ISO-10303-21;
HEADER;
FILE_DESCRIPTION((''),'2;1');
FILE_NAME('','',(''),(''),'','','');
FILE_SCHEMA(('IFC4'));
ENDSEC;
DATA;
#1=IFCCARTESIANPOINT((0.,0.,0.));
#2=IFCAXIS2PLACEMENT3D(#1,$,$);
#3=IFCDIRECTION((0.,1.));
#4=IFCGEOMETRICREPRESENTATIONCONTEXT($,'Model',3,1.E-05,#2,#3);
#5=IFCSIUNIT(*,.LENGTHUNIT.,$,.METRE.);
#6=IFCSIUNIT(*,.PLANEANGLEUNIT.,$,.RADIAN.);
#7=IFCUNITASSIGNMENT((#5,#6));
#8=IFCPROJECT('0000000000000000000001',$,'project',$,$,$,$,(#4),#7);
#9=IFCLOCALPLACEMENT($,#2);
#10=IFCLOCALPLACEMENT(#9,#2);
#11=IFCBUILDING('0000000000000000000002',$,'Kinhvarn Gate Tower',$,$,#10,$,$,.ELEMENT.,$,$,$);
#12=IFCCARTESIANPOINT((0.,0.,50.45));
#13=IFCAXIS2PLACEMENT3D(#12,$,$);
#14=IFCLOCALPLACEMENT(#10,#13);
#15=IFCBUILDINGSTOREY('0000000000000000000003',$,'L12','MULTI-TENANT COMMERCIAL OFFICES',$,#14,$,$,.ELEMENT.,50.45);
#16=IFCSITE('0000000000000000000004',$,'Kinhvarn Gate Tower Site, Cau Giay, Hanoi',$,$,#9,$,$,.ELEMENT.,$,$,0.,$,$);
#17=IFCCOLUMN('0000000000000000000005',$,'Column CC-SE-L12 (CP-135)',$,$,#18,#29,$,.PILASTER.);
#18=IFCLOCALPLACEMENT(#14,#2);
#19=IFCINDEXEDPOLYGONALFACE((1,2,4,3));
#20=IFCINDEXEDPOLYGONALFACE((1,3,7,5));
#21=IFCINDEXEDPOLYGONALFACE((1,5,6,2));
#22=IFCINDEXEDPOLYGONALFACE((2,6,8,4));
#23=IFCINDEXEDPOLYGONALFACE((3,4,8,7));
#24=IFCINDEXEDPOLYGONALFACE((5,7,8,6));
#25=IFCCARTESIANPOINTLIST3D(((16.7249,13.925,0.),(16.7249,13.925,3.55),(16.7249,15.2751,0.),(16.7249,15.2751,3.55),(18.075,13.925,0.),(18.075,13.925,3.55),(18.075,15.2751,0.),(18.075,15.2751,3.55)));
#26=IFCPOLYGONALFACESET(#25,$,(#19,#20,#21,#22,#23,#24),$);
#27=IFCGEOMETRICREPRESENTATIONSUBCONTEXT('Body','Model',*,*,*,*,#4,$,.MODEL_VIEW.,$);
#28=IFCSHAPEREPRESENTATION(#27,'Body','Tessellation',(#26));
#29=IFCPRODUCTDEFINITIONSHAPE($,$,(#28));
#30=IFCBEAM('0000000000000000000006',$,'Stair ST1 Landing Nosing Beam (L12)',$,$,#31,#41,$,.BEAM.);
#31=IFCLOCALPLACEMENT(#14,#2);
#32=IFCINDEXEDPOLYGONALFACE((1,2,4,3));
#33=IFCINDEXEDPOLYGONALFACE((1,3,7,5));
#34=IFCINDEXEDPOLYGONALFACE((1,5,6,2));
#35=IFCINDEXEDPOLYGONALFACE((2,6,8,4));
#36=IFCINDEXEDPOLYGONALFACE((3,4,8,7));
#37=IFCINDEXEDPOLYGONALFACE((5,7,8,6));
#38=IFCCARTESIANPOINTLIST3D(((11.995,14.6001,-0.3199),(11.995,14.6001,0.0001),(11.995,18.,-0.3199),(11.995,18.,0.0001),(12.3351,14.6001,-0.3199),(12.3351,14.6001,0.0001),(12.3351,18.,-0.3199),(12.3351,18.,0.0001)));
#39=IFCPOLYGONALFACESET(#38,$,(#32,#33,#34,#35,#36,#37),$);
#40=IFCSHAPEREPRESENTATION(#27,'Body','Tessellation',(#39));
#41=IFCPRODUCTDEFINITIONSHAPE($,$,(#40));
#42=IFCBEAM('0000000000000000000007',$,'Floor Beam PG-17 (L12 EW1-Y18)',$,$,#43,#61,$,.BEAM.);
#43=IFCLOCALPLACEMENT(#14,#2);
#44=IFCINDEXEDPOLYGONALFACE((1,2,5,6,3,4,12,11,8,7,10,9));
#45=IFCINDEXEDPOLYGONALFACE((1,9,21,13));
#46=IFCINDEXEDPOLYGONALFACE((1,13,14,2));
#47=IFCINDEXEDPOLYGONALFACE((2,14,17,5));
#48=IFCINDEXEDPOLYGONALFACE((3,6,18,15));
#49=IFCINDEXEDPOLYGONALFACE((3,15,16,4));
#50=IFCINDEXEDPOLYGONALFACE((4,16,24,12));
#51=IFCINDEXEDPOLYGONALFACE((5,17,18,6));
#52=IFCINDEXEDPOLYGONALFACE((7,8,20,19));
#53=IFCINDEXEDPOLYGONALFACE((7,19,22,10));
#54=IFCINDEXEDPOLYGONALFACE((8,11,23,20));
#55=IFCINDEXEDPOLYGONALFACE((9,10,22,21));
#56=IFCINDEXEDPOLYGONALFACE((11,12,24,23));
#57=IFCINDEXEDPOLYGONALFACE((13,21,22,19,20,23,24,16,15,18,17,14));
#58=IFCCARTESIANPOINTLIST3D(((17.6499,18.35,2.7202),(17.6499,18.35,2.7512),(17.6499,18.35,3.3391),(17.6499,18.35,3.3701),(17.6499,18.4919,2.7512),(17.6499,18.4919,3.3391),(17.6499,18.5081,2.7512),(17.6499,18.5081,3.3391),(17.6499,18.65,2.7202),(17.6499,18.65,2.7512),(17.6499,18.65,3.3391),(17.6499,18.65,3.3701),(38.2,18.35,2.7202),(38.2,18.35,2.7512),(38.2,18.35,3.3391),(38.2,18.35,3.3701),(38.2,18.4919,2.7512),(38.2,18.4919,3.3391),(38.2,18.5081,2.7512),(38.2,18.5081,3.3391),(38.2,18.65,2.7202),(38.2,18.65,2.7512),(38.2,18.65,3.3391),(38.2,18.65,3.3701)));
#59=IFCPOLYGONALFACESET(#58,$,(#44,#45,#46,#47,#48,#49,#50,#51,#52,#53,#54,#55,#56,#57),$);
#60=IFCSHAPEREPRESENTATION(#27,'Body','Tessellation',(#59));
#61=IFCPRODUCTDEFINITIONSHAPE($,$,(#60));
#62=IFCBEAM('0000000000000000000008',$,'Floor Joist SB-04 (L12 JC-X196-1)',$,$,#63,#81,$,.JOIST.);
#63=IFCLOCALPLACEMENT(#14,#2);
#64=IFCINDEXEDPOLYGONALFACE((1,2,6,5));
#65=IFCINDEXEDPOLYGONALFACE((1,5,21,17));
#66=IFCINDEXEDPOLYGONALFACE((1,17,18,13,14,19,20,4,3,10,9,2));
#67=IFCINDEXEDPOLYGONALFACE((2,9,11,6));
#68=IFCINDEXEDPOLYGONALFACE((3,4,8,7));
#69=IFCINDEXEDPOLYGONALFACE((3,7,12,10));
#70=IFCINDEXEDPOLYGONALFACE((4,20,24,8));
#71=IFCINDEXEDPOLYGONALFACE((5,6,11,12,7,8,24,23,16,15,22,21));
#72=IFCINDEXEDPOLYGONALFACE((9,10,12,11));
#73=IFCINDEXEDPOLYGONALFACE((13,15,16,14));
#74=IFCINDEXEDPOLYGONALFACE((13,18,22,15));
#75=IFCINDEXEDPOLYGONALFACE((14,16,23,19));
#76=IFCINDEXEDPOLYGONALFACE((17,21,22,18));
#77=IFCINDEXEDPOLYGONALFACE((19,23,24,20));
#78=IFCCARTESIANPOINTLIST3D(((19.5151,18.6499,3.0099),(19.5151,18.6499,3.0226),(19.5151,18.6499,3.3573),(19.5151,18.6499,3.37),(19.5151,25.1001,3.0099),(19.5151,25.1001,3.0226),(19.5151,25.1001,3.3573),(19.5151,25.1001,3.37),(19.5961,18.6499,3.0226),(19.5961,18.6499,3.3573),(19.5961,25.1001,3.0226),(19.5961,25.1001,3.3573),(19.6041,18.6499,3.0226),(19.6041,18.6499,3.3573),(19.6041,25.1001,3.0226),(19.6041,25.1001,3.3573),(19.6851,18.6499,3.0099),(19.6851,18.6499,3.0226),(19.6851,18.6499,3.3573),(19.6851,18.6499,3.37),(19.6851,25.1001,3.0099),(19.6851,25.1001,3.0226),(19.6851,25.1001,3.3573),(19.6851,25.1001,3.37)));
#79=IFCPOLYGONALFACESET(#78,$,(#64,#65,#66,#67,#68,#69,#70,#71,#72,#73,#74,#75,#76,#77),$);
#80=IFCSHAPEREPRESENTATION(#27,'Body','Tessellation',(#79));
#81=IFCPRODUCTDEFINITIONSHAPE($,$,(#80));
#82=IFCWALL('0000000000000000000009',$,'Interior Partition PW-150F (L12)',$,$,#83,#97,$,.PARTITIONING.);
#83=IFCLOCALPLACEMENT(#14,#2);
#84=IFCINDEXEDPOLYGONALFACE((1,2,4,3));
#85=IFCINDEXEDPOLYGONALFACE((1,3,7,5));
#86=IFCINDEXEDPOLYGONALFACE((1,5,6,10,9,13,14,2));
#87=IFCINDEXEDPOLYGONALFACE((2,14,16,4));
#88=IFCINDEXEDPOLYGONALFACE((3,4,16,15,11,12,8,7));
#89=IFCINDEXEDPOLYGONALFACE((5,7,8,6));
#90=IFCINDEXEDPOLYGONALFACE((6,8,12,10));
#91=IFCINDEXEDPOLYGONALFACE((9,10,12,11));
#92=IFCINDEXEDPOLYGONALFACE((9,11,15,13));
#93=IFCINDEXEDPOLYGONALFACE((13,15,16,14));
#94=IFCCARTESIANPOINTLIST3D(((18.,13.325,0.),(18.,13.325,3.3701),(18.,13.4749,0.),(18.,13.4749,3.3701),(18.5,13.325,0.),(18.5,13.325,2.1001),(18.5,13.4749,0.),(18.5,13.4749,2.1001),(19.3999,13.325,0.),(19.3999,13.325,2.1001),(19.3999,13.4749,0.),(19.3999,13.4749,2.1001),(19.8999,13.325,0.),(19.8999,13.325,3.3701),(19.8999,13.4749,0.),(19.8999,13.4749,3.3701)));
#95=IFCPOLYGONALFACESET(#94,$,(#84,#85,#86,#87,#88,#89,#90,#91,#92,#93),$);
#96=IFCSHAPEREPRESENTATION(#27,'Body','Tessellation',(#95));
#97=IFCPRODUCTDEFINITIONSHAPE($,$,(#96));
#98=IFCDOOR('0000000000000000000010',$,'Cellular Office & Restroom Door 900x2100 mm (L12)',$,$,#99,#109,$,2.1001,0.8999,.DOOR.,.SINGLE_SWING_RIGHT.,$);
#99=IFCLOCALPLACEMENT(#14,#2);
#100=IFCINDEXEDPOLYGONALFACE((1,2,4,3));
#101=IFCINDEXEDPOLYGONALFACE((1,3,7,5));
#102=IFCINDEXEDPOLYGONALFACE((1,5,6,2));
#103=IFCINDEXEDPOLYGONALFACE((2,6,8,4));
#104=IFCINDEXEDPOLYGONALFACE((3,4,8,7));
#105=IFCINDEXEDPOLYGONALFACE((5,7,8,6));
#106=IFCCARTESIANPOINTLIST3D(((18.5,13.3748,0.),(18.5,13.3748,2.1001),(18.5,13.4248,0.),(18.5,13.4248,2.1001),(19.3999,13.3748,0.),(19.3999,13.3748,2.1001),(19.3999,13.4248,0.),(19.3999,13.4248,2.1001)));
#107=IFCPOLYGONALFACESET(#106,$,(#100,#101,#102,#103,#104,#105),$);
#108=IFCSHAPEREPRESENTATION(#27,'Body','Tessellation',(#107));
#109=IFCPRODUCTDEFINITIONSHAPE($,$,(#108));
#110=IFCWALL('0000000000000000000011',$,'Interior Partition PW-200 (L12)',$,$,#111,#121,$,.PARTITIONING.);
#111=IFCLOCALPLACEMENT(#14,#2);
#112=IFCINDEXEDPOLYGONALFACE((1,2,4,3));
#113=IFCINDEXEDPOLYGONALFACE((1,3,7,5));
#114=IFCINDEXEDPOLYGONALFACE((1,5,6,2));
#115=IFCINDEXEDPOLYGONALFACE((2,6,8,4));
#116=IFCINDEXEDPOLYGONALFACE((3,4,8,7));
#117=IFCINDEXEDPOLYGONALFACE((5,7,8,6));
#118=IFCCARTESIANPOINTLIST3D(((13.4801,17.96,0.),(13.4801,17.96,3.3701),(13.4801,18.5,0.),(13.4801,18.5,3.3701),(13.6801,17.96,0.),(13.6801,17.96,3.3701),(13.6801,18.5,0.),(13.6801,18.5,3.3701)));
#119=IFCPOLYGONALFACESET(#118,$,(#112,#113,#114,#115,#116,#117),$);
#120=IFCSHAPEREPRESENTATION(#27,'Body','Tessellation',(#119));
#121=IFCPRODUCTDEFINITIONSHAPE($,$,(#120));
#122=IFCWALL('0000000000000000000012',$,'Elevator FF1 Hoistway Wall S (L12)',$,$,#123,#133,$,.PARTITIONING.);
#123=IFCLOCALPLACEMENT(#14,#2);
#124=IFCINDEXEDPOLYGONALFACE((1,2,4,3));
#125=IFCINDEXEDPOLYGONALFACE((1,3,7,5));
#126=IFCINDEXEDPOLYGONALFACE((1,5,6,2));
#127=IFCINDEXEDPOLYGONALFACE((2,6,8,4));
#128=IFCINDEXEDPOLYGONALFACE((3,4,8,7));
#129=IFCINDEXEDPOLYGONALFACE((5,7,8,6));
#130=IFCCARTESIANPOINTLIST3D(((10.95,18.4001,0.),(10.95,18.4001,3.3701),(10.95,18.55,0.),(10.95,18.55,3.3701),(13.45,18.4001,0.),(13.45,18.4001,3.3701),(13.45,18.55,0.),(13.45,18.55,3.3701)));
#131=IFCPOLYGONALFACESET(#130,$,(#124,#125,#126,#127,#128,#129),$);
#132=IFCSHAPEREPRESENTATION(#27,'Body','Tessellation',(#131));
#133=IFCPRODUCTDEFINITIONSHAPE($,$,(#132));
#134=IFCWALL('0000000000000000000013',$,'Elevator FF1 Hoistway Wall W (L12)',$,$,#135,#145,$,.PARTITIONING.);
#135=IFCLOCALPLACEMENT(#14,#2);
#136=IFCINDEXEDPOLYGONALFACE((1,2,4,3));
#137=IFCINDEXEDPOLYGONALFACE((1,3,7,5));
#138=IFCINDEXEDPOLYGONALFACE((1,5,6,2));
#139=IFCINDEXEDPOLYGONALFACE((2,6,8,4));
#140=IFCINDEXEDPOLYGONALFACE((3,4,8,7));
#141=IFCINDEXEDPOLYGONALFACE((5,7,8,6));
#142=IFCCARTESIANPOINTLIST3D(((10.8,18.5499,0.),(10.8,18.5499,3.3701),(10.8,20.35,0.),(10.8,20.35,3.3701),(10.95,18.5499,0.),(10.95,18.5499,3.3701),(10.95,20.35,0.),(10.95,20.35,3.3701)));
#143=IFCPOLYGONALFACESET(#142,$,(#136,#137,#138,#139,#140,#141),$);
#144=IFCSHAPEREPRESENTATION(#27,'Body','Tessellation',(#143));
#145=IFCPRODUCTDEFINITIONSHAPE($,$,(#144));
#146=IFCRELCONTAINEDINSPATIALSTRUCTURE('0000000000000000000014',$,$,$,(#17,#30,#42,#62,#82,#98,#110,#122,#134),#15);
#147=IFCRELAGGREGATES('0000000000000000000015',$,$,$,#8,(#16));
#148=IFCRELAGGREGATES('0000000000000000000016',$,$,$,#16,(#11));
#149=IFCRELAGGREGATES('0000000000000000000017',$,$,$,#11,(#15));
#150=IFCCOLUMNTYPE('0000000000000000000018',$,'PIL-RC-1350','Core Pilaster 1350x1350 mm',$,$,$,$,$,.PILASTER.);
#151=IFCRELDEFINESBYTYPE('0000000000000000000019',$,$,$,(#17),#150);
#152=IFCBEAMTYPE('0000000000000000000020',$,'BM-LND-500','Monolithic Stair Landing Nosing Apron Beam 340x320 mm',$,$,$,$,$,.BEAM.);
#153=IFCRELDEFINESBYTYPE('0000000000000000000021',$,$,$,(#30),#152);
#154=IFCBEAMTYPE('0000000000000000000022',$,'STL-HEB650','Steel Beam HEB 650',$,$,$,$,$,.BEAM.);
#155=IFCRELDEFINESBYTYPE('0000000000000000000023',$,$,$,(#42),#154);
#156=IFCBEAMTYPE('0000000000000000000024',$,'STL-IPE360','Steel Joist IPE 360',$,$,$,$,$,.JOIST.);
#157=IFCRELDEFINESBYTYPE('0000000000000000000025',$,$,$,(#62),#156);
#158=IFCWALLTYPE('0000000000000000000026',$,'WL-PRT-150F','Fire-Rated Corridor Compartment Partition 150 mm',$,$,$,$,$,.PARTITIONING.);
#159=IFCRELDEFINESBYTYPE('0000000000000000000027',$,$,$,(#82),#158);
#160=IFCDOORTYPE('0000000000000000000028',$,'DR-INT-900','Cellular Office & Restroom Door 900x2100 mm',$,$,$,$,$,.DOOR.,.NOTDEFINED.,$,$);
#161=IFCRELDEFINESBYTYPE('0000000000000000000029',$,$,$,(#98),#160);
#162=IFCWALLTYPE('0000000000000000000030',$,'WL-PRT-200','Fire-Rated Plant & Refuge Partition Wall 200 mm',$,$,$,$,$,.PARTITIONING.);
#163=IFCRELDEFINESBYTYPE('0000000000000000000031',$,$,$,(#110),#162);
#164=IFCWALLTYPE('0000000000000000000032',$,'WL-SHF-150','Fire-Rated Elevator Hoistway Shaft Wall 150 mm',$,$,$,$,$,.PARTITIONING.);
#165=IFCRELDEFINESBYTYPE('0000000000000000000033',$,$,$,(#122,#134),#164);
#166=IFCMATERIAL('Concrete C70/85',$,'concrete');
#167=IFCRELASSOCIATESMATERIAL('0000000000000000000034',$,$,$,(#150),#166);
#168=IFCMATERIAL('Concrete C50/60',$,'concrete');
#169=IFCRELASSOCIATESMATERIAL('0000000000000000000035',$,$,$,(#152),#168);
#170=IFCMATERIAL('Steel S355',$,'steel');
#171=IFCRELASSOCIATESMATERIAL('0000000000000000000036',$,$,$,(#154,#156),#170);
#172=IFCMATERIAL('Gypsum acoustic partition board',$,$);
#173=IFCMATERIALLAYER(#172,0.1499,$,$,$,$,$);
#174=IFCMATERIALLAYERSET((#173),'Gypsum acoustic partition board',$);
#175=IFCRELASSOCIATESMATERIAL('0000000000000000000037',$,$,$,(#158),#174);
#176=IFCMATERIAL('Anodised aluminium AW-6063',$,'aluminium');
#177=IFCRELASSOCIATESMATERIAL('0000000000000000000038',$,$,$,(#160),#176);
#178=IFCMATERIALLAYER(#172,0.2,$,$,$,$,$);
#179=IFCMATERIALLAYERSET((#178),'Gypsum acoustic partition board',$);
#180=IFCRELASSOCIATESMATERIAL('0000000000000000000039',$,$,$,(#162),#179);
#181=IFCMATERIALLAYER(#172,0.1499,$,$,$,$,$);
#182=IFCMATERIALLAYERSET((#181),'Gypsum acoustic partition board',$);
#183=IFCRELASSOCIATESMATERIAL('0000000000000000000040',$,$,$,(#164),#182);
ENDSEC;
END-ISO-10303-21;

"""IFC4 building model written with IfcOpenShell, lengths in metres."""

from ifc_helpers import new_model, si_unit, direction, frame, frame_2d, origin, origin_2d, place, context, subcontext, project, spatial, rectangle, i_section, extrude, material, layer, layer_set, material_profile, profile_set, type_object, element, fill, save


model = new_model("IFC4")

# Units and contexts
model_context = context("Model", 3, precision=1e-05, world=origin(), true_north=direction((0.0, 1.0)))
body_context = subcontext(model_context, "Body", "Model", "MODEL_VIEW")
ifc_project = project(units=[si_unit("LENGTHUNIT", "METRE"), si_unit("PLANEANGLEUNIT", "RADIAN")], contexts=[model_context])

# Site, building, storey
site_placement = place(None, origin())
site = spatial("IfcSite", under=ifc_project, at=site_placement, Name="Kinhvarn Gate Tower Site, Cau Giay, Hanoi", CompositionType="ELEMENT", RefElevation=0.0)
building_placement = place(site_placement, origin())
building = spatial("IfcBuilding", under=site, at=building_placement, Name="Kinhvarn Gate Tower", CompositionType="ELEMENT")
storey_placement = place(building_placement, frame((0.0, 0.0, 50.45)))
storey = spatial("IfcBuildingStorey", under=building, at=storey_placement, Name="L12", Description="MULTI-TENANT COMMERCIAL OFFICES", CompositionType="ELEMENT", Elevation=50.45)

# Column
ifc_material_1 = material(Name="Concrete C70/85", Category="concrete")
ifc_material_profile_1 = material_profile(ifc_material_1, rectangle(XDim=1.3501, YDim=1.3501, at=origin_2d()), Name="RC 1350x1350")
ifc_profile_set_1 = profile_set([ifc_material_profile_1], Name="Concrete C70/85")
column_type = type_object("IfcColumnType", Name="PIL-RC-1350", Description="Core Pilaster 1350x1350 mm", PredefinedType="PILASTER", material=ifc_profile_set_1)
column_placement = place(storey_placement, frame((17.3999, 14.6001, 0.0), z_axis=(0.0, 0.0, 1.0), x_axis=(1.0, 0.0, 0.0)))
element("IfcColumn", 1, at=column_placement, inside=storey, type_object=column_type, Name="Column CC-SE-L12 (CP-135)", PredefinedType="PILASTER", context=body_context, shape_type="SweptSolid", body=[
    extrude(rectangle(XDim=1.3501, YDim=1.3501, at=origin_2d()), origin(), (0.0, 0.0, 1.0), 3.55),
])

# Beams
ifc_material_2 = material(Name="Concrete C50/60", Category="concrete")
ifc_material_profile_2 = material_profile(ifc_material_2, rectangle(XDim=0.3401, YDim=0.3201, at=origin_2d()), Name="RC 340x320")
ifc_profile_set_2 = profile_set([ifc_material_profile_2], Name="Concrete C50/60")
beam_type_1 = type_object("IfcBeamType", Name="BM-LND-500", Description="Monolithic Stair Landing Nosing Apron Beam 340x320 mm", PredefinedType="BEAM", material=ifc_profile_set_2)
beam_1_placement = place(storey_placement, frame((12.165, 14.6001, -0.1599), z_axis=(0.0, 1.0, 0.0), x_axis=(-1.0, 0.0, 0.0)))
element("IfcBeam", 2, at=beam_1_placement, inside=storey, type_object=beam_type_1, Name="Stair ST1 Landing Nosing Beam (L12)", PredefinedType="BEAM", context=body_context, shape_type="SweptSolid", body=[
    extrude(rectangle(XDim=0.3401, YDim=0.3201, at=origin_2d()), origin(), (0.0, 0.0, 1.0), 3.3999),
])
ifc_material_3 = material(Name="Steel S355", Category="steel")
ifc_material_profile_3 = material_profile(ifc_material_3, i_section(OverallWidth=0.3, OverallDepth=0.6499, WebThickness=0.0161, FlangeThickness=0.031, at=origin_2d()), Name="HEB 650")
ifc_profile_set_3 = profile_set([ifc_material_profile_3], Name="Steel S355")
beam_type_2 = type_object("IfcBeamType", Name="STL-HEB650", Description="Steel Beam HEB 650", PredefinedType="BEAM", material=ifc_profile_set_3)
beam_2_placement = place(storey_placement, frame((17.6499, 18.5, 3.0452), z_axis=(1.0, 0.0, 0.0), x_axis=(0.0, 1.0, 0.0)))
element("IfcBeam", 3, at=beam_2_placement, inside=storey, type_object=beam_type_2, Name="Floor Beam PG-17 (L12 EW1-Y18)", PredefinedType="BEAM", context=body_context, shape_type="SweptSolid", body=[
    extrude(i_section(OverallWidth=0.3, OverallDepth=0.6499, WebThickness=0.0161, FlangeThickness=0.031, at=origin_2d()), origin(), (0.0, 0.0, 1.0), 20.55),
])
ifc_material_profile_4 = material_profile(ifc_material_3, i_section(OverallWidth=0.1699, OverallDepth=0.3601, WebThickness=0.0081, FlangeThickness=0.0127, at=origin_2d()), Name="IPE 360")
ifc_profile_set_4 = profile_set([ifc_material_profile_4], Name="Steel S355")
beam_type_3 = type_object("IfcBeamType", Name="STL-IPE360", Description="Steel Joist IPE 360", PredefinedType="JOIST", material=ifc_profile_set_4)
beam_3_placement = place(storey_placement, frame((19.6001, 18.6499, 3.1899), z_axis=(0.0, 1.0, 0.0), x_axis=(-1.0, 0.0, 0.0)))
element("IfcBeam", 4, at=beam_3_placement, inside=storey, type_object=beam_type_3, Name="Floor Joist SB-04 (L12 JC-X196-1)", PredefinedType="JOIST", context=body_context, shape_type="SweptSolid", body=[
    extrude(i_section(OverallWidth=0.1699, OverallDepth=0.3601, WebThickness=0.0081, FlangeThickness=0.0127, at=origin_2d()), origin(), (0.0, 0.0, 1.0), 6.4502),
])

# Wall, opening, door
ifc_material_4 = material(Name="Anodised aluminium AW-6063", Category="aluminium")
ifc_material_5 = material(Name="Gypsum acoustic partition board")
ifc_layer_1 = layer(ifc_material_5, 0.1499)
ifc_layer_set_1 = layer_set([ifc_layer_1], Name="Gypsum acoustic partition board")
wall_type_1 = type_object("IfcWallType", Name="WL-PRT-150F", Description="Fire-Rated Corridor Compartment Partition 150 mm", PredefinedType="PARTITIONING", material=ifc_layer_set_1)
wall_1_placement = place(storey_placement, frame((18.0, 13.3999, 0.0), z_axis=(0.0, 0.0, 1.0), x_axis=(1.0, 0.0, 0.0)))
wall_1 = element("IfcWall", 5, at=wall_1_placement, inside=storey, type_object=wall_type_1, Name="Interior Partition PW-150F (L12)", PredefinedType="PARTITIONING", context=body_context, shape_type="SweptSolid", body=[
    extrude(rectangle(XDim=1.8999, YDim=0.1499, at=frame_2d((0.95, 0.0))), origin(), (0.0, 0.0, 1.0), 3.3701),
])
opening_1_placement = place(wall_1_placement, frame((0.5, 0.0, 0.0)))
opening_1 = element("IfcOpeningElement", 6, at=opening_1_placement, cuts=wall_1, PredefinedType="OPENING", context=body_context, shape_type="SweptSolid", body=[
    extrude(rectangle(XDim=0.8999, YDim=2.1001, at=frame_2d((0.45, 1.05))), frame((0.0, 0.085, 0.0), z_axis=(0.0, -1.0, 0.0), x_axis=(1.0, 0.0, 0.0)), (0.0, 0.0, 1.0), 0.1699),
])
door_type_1 = type_object("IfcDoorType", Name="DR-INT-900", Description="Cellular Office & Restroom Door 900x2100 mm", OperationType="NOTDEFINED", PredefinedType="DOOR", material=ifc_material_4)
door_1_placement = place(opening_1_placement, origin())
door_1 = element("IfcDoor", 7, at=door_1_placement, inside=storey, type_object=door_type_1, Name="Cellular Office & Restroom Door 900x2100 mm (L12)", OperationType="SINGLE_SWING_RIGHT", OverallHeight=2.1001, OverallWidth=0.8999, PredefinedType="DOOR", context=body_context, shape_type="SweptSolid", body=[
    extrude(rectangle(XDim=0.8999, YDim=2.1001, at=frame_2d((0.45, 1.05))), frame((0.0, 0.0249, 0.0), z_axis=(0.0, -1.0, 0.0), x_axis=(1.0, 0.0, 0.0)), (0.0, 0.0, 1.0), 0.05),
])
fill(opening_1, door_1)

# Walls
ifc_layer_2 = layer(ifc_material_5, 0.2)
ifc_layer_set_2 = layer_set([ifc_layer_2], Name="Gypsum acoustic partition board")
wall_type_2 = type_object("IfcWallType", Name="WL-PRT-200", Description="Fire-Rated Plant & Refuge Partition Wall 200 mm", PredefinedType="PARTITIONING", material=ifc_layer_set_2)
wall_2_placement = place(storey_placement, frame((13.5801, 17.96, 0.0), z_axis=(0.0, 0.0, 1.0), x_axis=(0.0, 1.0, 0.0)))
element("IfcWall", 8, at=wall_2_placement, inside=storey, type_object=wall_type_2, Name="Interior Partition PW-200 (L12)", PredefinedType="PARTITIONING", context=body_context, shape_type="SweptSolid", body=[
    extrude(rectangle(XDim=0.54, YDim=0.2, at=frame_2d((0.27, 0.0))), origin(), (0.0, 0.0, 1.0), 3.3701),
])
ifc_layer_3 = layer(ifc_material_5, 0.1499)
ifc_layer_set_3 = layer_set([ifc_layer_3], Name="Gypsum acoustic partition board")
wall_type_3 = type_object("IfcWallType", Name="WL-SHF-150", Description="Fire-Rated Elevator Hoistway Shaft Wall 150 mm", PredefinedType="PARTITIONING", material=ifc_layer_set_3)
wall_3_placement = place(storey_placement, frame((10.95, 18.4751, 0.0), z_axis=(0.0, 0.0, 1.0), x_axis=(1.0, 0.0, 0.0)))
element("IfcWall", 9, at=wall_3_placement, inside=storey, type_object=wall_type_3, Name="Elevator FF1 Hoistway Wall S (L12)", PredefinedType="PARTITIONING", context=body_context, shape_type="SweptSolid", body=[
    extrude(rectangle(XDim=2.5, YDim=0.1499, at=frame_2d((1.25, 0.0))), origin(), (0.0, 0.0, 1.0), 3.3701),
])
wall_4_placement = place(storey_placement, frame((10.875, 18.55, 0.0), z_axis=(0.0, 0.0, 1.0), x_axis=(0.0, 1.0, 0.0)))
element("IfcWall", 10, at=wall_4_placement, inside=storey, type_object=wall_type_3, Name="Elevator FF1 Hoistway Wall W (L12)", PredefinedType="PARTITIONING", context=body_context, shape_type="SweptSolid", body=[
    extrude(rectangle(XDim=1.8, YDim=0.1499, at=frame_2d((0.8999, 0.0))), origin(), (0.0, 0.0, 1.0), 3.3701),
])

save(model, "model.ifc")
